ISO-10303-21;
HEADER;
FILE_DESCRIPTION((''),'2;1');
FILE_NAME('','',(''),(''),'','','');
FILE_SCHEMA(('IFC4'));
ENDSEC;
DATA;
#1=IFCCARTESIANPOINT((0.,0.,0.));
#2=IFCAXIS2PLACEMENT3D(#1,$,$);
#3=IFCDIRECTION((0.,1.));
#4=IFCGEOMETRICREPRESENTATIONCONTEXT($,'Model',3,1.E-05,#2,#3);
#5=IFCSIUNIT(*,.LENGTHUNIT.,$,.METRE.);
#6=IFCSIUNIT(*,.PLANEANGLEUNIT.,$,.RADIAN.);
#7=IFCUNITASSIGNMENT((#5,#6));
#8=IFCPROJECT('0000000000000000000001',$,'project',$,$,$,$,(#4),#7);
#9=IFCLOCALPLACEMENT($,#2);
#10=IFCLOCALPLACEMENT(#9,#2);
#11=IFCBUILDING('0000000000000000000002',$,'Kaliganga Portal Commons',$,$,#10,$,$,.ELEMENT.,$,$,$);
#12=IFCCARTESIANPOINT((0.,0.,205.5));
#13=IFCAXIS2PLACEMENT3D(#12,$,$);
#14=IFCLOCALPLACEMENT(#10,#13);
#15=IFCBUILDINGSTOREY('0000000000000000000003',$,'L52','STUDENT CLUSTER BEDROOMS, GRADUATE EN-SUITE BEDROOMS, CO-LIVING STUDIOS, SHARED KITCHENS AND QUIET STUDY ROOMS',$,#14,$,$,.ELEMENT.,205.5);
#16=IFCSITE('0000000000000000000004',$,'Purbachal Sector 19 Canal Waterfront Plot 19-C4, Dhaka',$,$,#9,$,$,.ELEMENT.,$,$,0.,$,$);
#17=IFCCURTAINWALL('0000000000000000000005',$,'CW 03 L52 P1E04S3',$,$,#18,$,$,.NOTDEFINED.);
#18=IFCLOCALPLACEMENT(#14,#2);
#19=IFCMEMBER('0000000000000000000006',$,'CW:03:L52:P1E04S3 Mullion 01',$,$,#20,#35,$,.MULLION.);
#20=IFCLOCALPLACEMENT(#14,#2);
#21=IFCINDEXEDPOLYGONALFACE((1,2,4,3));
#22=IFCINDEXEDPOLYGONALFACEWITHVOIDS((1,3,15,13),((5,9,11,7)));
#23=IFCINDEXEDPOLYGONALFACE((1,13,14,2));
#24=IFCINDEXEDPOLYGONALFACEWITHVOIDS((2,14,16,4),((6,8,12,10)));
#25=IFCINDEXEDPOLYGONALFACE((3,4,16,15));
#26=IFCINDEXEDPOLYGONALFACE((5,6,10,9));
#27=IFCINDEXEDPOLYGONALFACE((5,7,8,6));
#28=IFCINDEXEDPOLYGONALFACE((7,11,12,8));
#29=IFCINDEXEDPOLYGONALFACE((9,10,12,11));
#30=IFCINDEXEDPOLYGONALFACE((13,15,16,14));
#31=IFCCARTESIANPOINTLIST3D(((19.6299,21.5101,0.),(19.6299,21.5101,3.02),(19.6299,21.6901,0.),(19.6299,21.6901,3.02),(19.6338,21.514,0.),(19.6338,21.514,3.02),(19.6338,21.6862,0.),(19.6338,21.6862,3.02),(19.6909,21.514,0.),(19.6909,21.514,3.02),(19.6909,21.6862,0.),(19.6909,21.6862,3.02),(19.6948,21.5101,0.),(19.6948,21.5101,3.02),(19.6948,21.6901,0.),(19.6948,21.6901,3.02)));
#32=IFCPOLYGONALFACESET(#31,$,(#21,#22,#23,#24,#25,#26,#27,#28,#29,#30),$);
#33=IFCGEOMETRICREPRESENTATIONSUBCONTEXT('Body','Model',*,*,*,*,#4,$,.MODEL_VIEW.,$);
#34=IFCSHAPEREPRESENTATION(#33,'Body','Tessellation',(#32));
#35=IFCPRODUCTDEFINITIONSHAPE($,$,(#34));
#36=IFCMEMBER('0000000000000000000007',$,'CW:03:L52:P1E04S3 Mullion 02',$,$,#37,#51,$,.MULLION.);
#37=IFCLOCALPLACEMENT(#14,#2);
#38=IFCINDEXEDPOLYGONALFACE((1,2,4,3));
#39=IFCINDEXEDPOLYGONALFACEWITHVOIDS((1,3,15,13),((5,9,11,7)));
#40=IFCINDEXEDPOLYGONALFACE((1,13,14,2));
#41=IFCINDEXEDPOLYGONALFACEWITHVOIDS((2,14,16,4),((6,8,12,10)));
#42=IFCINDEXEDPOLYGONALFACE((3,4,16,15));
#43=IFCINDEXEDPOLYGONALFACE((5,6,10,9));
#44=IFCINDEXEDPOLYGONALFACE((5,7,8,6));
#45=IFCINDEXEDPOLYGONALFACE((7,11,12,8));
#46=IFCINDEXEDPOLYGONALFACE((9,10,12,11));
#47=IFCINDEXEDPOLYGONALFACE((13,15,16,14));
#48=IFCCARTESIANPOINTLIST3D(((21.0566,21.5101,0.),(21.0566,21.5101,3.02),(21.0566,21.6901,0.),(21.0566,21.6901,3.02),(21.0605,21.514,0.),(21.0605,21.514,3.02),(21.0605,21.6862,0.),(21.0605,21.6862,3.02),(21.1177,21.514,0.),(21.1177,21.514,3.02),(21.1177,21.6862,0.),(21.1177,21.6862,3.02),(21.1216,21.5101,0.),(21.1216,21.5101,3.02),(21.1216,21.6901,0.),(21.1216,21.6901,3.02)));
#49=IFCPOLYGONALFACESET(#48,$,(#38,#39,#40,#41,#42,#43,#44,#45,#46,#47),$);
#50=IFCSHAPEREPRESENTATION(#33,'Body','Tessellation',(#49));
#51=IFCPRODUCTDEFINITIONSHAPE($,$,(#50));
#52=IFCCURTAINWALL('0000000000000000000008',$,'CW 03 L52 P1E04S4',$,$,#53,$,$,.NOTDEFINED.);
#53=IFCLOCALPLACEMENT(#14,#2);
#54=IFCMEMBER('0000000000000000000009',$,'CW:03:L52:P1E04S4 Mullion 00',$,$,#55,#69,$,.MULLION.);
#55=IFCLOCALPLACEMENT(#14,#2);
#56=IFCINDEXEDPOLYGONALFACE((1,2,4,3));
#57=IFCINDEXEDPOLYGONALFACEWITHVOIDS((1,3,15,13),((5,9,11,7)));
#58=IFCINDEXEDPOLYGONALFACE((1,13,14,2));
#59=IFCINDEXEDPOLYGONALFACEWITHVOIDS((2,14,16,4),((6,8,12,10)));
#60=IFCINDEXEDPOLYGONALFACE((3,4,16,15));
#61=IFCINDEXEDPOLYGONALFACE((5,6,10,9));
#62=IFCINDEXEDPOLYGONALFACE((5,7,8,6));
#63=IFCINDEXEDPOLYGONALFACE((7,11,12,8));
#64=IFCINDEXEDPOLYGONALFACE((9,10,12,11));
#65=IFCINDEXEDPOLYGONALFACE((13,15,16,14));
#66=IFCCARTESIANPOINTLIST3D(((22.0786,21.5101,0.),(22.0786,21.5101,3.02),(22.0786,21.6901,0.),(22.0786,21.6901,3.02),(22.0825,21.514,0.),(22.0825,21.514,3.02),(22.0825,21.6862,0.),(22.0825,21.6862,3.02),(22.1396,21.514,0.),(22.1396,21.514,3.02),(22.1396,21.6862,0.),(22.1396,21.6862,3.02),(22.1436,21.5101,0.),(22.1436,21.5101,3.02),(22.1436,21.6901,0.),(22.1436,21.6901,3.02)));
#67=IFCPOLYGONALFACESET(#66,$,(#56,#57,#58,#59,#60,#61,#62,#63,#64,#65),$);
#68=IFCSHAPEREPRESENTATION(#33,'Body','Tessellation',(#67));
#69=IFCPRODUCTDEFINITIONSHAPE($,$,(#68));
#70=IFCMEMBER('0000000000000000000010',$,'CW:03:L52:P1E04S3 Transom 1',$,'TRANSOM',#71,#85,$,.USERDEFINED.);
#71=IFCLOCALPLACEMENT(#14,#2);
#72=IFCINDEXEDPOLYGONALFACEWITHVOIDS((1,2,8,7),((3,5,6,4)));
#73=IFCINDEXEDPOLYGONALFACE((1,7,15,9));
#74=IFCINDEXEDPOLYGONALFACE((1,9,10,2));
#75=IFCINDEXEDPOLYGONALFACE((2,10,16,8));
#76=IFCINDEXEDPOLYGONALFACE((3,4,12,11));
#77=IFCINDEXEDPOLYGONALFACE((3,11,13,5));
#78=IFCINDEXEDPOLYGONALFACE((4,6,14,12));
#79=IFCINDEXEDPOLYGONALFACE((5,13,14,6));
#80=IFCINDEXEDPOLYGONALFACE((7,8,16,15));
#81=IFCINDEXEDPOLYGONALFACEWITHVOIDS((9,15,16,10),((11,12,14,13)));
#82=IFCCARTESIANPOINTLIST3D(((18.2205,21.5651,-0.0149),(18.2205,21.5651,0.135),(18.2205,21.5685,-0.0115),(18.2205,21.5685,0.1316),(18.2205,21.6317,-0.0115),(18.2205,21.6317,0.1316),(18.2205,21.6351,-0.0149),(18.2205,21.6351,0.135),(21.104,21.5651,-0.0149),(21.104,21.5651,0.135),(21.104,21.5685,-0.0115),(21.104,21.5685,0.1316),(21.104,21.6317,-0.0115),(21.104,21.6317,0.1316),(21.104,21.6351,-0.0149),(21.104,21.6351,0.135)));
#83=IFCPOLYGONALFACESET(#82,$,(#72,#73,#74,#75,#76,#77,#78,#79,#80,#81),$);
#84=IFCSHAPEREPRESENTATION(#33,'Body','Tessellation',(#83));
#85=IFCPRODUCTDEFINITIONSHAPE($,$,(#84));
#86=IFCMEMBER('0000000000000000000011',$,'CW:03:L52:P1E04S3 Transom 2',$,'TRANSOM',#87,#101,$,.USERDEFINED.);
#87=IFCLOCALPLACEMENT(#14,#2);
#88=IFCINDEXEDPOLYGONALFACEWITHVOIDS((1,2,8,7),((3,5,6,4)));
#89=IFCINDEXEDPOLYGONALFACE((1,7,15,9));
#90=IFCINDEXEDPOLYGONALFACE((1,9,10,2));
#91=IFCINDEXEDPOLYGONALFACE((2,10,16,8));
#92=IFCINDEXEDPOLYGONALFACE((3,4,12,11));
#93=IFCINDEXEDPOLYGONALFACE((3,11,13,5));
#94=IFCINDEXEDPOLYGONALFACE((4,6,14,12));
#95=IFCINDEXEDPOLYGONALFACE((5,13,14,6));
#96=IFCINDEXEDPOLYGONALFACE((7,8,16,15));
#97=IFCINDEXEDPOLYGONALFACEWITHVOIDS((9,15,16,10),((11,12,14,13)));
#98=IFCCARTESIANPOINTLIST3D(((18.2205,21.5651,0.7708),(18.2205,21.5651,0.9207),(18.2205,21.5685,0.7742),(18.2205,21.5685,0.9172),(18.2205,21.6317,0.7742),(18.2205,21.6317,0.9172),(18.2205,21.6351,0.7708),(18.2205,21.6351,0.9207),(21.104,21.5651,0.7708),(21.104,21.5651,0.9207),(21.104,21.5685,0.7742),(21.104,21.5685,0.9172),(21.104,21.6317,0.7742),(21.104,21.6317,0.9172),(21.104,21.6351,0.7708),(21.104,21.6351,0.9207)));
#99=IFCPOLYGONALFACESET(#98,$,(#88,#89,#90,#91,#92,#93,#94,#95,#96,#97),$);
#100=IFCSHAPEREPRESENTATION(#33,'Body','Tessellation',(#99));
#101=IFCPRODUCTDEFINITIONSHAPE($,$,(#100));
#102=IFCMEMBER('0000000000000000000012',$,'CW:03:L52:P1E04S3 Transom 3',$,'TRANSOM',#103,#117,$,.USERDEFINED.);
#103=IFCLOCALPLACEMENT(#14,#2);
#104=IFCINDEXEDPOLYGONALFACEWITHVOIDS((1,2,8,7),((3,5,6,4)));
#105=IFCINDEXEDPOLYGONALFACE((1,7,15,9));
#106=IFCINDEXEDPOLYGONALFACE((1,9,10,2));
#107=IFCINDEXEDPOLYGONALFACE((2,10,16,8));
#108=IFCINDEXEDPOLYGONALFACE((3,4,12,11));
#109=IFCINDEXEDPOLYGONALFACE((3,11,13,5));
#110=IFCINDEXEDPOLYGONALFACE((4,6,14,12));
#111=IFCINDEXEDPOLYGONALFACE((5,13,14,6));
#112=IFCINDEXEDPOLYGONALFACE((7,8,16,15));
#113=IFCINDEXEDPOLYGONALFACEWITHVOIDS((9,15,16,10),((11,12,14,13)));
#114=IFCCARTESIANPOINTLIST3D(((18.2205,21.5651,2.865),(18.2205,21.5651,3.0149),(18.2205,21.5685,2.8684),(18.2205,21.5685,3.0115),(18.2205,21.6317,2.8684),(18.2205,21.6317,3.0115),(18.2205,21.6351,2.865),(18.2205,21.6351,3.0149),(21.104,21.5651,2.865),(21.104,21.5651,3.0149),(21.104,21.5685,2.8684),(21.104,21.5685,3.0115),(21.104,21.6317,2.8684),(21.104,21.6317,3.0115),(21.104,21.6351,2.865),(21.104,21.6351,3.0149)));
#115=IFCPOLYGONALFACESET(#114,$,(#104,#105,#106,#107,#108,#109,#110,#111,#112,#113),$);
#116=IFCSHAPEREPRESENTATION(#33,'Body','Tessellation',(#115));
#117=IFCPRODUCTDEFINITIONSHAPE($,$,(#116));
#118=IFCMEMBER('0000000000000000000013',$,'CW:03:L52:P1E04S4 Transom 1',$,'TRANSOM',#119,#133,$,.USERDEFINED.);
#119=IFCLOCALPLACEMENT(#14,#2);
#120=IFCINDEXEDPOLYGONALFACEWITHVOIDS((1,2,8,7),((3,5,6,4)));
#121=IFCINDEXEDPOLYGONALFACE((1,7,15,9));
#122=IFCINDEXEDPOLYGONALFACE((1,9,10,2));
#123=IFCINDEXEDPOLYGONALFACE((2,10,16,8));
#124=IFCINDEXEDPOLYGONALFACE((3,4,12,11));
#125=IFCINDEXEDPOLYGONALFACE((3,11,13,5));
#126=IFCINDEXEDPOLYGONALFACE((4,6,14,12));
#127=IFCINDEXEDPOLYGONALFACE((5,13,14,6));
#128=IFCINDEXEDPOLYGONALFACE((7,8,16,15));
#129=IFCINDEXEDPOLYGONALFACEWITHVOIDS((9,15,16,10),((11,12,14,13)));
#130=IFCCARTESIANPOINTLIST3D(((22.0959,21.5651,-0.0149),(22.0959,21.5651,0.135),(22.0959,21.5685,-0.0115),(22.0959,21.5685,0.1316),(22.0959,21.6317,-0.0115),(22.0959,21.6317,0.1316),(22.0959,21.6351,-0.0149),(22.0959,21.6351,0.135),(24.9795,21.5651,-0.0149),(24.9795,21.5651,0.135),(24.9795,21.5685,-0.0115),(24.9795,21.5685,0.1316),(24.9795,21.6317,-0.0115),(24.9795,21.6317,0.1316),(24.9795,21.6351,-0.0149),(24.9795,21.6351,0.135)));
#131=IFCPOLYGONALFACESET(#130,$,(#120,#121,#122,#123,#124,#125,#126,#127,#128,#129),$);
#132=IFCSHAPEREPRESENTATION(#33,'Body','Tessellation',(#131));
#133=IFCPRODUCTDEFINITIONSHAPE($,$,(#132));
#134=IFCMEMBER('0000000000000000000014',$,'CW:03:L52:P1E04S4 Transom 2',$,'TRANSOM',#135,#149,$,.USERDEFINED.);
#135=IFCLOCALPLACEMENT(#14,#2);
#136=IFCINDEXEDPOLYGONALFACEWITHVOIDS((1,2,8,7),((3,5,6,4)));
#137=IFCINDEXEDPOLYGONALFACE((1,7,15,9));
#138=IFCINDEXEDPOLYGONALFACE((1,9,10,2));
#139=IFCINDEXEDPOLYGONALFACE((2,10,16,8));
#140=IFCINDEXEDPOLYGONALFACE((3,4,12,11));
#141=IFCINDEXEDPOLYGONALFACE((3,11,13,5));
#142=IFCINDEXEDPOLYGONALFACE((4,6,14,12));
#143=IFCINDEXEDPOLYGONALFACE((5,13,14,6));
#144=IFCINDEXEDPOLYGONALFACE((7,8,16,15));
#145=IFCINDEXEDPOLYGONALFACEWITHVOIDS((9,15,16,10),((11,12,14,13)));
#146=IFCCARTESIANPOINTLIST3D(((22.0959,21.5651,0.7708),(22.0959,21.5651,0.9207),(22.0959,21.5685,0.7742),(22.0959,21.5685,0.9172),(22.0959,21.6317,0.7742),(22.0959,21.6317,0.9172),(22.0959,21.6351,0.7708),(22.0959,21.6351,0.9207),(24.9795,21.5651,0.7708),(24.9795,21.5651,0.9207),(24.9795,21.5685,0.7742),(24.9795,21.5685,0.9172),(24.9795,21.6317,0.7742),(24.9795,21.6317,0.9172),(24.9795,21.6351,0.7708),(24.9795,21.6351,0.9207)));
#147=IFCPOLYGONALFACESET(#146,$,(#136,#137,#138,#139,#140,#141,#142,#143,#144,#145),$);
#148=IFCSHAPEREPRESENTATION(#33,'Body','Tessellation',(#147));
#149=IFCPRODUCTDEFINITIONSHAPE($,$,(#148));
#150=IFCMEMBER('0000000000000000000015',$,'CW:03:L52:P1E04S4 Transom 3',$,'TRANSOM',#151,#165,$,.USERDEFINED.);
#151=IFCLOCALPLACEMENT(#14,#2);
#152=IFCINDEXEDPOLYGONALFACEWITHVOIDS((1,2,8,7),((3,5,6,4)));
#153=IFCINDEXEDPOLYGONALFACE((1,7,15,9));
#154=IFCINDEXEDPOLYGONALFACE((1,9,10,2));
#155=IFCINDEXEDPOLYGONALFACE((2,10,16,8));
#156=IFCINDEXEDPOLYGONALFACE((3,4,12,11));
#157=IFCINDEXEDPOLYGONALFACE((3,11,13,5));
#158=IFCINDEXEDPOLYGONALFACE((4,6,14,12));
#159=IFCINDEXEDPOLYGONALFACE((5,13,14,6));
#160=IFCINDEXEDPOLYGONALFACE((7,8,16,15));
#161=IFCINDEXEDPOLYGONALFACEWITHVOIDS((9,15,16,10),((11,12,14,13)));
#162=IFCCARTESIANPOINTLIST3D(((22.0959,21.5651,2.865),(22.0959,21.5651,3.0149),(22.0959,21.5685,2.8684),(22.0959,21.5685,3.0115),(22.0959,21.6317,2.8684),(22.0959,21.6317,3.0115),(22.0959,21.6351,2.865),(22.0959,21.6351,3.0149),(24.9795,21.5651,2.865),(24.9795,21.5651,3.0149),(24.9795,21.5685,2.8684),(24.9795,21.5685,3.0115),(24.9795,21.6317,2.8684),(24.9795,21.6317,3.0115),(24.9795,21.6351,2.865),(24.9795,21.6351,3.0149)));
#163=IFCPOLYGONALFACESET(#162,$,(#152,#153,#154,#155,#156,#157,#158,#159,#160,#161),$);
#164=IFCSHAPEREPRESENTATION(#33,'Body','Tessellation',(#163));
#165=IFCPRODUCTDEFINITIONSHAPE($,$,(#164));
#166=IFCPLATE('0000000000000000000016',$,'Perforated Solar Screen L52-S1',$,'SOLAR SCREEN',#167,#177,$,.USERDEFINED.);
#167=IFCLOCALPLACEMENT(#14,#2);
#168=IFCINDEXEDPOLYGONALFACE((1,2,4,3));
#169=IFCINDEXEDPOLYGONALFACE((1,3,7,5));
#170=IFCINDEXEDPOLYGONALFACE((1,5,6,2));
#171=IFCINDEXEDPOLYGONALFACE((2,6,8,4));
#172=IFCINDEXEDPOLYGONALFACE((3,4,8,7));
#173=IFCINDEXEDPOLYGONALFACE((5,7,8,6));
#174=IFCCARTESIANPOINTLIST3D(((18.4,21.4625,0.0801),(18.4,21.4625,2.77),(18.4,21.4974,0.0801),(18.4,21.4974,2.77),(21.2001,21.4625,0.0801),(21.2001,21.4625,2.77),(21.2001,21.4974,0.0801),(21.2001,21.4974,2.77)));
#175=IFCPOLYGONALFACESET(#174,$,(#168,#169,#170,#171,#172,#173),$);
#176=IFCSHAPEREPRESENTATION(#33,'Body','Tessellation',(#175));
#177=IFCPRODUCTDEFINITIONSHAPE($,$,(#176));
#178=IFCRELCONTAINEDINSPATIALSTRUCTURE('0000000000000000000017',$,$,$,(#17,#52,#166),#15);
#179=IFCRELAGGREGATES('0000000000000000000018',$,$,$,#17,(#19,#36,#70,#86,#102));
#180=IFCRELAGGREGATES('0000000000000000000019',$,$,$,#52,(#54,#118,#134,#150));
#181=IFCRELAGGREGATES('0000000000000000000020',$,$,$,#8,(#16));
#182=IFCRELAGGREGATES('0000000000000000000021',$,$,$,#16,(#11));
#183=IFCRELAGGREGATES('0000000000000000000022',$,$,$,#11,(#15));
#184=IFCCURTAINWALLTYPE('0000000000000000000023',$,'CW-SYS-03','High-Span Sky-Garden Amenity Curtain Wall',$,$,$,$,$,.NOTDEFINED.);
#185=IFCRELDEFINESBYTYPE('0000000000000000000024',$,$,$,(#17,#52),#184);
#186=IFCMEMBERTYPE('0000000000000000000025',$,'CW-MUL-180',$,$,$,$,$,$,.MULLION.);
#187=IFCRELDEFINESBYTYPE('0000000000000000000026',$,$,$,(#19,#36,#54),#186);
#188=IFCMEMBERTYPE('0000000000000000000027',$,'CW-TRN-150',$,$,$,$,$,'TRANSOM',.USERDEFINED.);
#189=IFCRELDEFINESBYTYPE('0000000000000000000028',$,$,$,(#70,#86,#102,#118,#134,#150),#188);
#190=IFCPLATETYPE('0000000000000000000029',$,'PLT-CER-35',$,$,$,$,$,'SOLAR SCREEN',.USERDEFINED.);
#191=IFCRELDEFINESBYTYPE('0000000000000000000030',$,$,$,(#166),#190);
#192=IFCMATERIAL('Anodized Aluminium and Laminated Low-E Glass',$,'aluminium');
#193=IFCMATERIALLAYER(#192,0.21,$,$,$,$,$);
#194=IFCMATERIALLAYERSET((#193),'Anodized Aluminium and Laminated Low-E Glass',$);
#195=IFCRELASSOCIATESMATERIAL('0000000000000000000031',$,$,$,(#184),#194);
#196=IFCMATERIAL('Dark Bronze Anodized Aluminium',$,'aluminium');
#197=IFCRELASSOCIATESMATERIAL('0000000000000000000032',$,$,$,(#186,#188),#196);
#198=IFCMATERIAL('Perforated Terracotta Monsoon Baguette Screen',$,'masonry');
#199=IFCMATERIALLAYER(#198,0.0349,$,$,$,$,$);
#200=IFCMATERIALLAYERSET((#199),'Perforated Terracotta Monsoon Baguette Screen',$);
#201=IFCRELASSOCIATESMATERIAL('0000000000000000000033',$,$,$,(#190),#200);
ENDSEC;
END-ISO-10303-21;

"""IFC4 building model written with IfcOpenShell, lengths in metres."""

from ifc_helpers import new_model, si_unit, direction, frame, origin, origin_2d, place, context, subcontext, project, spatial, rectangle, hollow_rectangle, extrude, source, transform, mapped, material, layer, layer_set, material_profile, profile_set, type_object, element, aggregate, save


model = new_model("IFC4")

# Units and contexts
model_context = context("Model", 3, precision=1e-05, world=origin(), true_north=direction((0.0, 1.0)))
body_context = subcontext(model_context, "Body", "Model", "MODEL_VIEW")
ifc_project = project(units=[si_unit("LENGTHUNIT", "METRE"), si_unit("PLANEANGLEUNIT", "RADIAN")], contexts=[model_context])

# Site, building, storey
site_placement = place(None, origin())
site = spatial("IfcSite", under=ifc_project, at=site_placement, Name="Purbachal Sector 19 Canal Waterfront Plot 19-C4, Dhaka", CompositionType="ELEMENT", RefElevation=0.0)
building_placement = place(site_placement, origin())
building = spatial("IfcBuilding", under=site, at=building_placement, Name="Kaliganga Portal Commons", CompositionType="ELEMENT")
storey_placement = place(building_placement, frame((0.0, 0.0, 205.5)))
storey = spatial("IfcBuildingStorey", under=building, at=storey_placement, Name="L52", Description="STUDENT CLUSTER BEDROOMS, GRADUATE EN-SUITE BEDROOMS, CO-LIVING STUDIOS, SHARED KITCHENS AND QUIET STUDY ROOMS", CompositionType="ELEMENT", Elevation=205.5)

# Curtain wall, members
ifc_material_1 = material(Name="Anodized Aluminium and Laminated Low-E Glass", Category="aluminium")
ifc_layer_1 = layer(ifc_material_1, 0.21)
ifc_layer_set_1 = layer_set([ifc_layer_1], Name="Anodized Aluminium and Laminated Low-E Glass")
curtain_wall_type = type_object("IfcCurtainWallType", Name="CW-SYS-03", Description="High-Span Sky-Garden Amenity Curtain Wall", PredefinedType="NOTDEFINED", material=ifc_layer_set_1)
curtain_wall_1_placement = place(storey_placement, origin())
curtain_wall_1 = element("IfcCurtainWall", 1, at=curtain_wall_1_placement, inside=storey, type_object=curtain_wall_type, Name="CW 03 L52 P1E04S3", PredefinedType="NOTDEFINED")
ifc_material_2 = material(Name="Dark Bronze Anodized Aluminium", Category="aluminium")
ifc_material_profile_1 = material_profile(ifc_material_2, hollow_rectangle(XDim=0.0649, YDim=0.1799, WallThickness=0.0039, at=origin_2d()), Name="ALU MULL 65x180x4")
ifc_profile_set_1 = profile_set([ifc_material_profile_1], Name="Dark Bronze Anodized Aluminium")
member_type_1 = type_object("IfcMemberType", Name="CW-MUL-180", PredefinedType="MULLION", material=ifc_profile_set_1)
shared_shape_1 = source(origin(), body_context, "Body", "SweptSolid", [
    extrude(hollow_rectangle(XDim=0.0649, YDim=0.1799, WallThickness=0.0039, at=origin_2d()), origin(), (0.0, 0.0, 1.0), 3.02),
])
member_1_placement = place(storey_placement, frame((19.6624, 21.6001, 0.0), z_axis=(0.0, 0.0, 1.0), x_axis=(1.0, 0.0, 0.0)))
member_1 = element("IfcMember", 2, at=member_1_placement, type_object=member_type_1, Name="CW:03:L52:P1E04S3 Mullion 01", PredefinedType="MULLION", context=body_context, shape_type="MappedRepresentation", body=[
    mapped(shared_shape_1, transform((0.0, 0.0, 0.0), x_axis=(1.0, 0.0, 0.0), y_axis=(0.0, 1.0, 0.0), z_axis=(0.0, 0.0, 1.0), scale=1.0)),
])
member_2_placement = place(storey_placement, frame((21.0891, 21.6001, 0.0), z_axis=(0.0, 0.0, 1.0), x_axis=(1.0, 0.0, 0.0)))
member_2 = element("IfcMember", 3, at=member_2_placement, type_object=member_type_1, Name="CW:03:L52:P1E04S3 Mullion 02", PredefinedType="MULLION", context=body_context, shape_type="MappedRepresentation", body=[
    mapped(shared_shape_1, transform((0.0, 0.0, 0.0), x_axis=(1.0, 0.0, 0.0), y_axis=(0.0, 1.0, 0.0), z_axis=(0.0, 0.0, 1.0), scale=1.0)),
])

# Curtain wall, member
curtain_wall_2_placement = place(storey_placement, origin())
curtain_wall_2 = element("IfcCurtainWall", 4, at=curtain_wall_2_placement, inside=storey, type_object=curtain_wall_type, Name="CW 03 L52 P1E04S4", PredefinedType="NOTDEFINED")
member_3_placement = place(storey_placement, frame((22.1111, 21.6001, 0.0), z_axis=(0.0, 0.0, 1.0), x_axis=(1.0, 0.0, 0.0)))
member_3 = element("IfcMember", 5, at=member_3_placement, type_object=member_type_1, Name="CW:03:L52:P1E04S4 Mullion 00", PredefinedType="MULLION", context=body_context, shape_type="MappedRepresentation", body=[
    mapped(shared_shape_1, transform((0.0, 0.0, 0.0), x_axis=(1.0, 0.0, 0.0), y_axis=(0.0, 1.0, 0.0), z_axis=(0.0, 0.0, 1.0), scale=1.0)),
])

# Members
ifc_material_profile_2 = material_profile(ifc_material_2, hollow_rectangle(XDim=0.0701, YDim=0.1499, WallThickness=0.0034, at=origin_2d()), Name="ALU TRAN 70x150x3.5")
ifc_profile_set_2 = profile_set([ifc_material_profile_2], Name="Dark Bronze Anodized Aluminium")
member_type_2 = type_object("IfcMemberType", Name="CW-TRN-150", ElementType="TRANSOM", PredefinedType="USERDEFINED", material=ifc_profile_set_2)
shared_shape_2 = source(origin(), body_context, "Body", "SweptSolid", [
    extrude(hollow_rectangle(XDim=0.0701, YDim=0.1499, WallThickness=0.0034, at=origin_2d()), origin(), (0.0, 0.0, 1.0), 2.8835),
])
member_4_placement = place(storey_placement, frame((18.2205, 21.6001, 0.0601), z_axis=(1.0, 0.0, 0.0), x_axis=(0.0, 1.0, 0.0)))
member_4 = element("IfcMember", 6, at=member_4_placement, type_object=member_type_2, Name="CW:03:L52:P1E04S3 Transom 1", ObjectType="TRANSOM", PredefinedType="USERDEFINED", context=body_context, shape_type="MappedRepresentation", body=[
    mapped(shared_shape_2, transform((0.0, 0.0, 0.0), x_axis=(1.0, 0.0, 0.0), y_axis=(0.0, 1.0, 0.0), z_axis=(0.0, 0.0, 1.0), scale=1.0)),
])
member_5_placement = place(storey_placement, frame((18.2205, 21.6001, 0.8457), z_axis=(1.0, 0.0, 0.0), x_axis=(0.0, 1.0, 0.0)))
member_5 = element("IfcMember", 7, at=member_5_placement, type_object=member_type_2, Name="CW:03:L52:P1E04S3 Transom 2", ObjectType="TRANSOM", PredefinedType="USERDEFINED", context=body_context, shape_type="MappedRepresentation", body=[
    mapped(shared_shape_2, transform((0.0, 0.0, 0.0), x_axis=(1.0, 0.0, 0.0), y_axis=(0.0, 1.0, 0.0), z_axis=(0.0, 0.0, 1.0), scale=1.0)),
])
member_6_placement = place(storey_placement, frame((18.2205, 21.6001, 2.9399), z_axis=(1.0, 0.0, 0.0), x_axis=(0.0, 1.0, 0.0)))
member_6 = element("IfcMember", 8, at=member_6_placement, type_object=member_type_2, Name="CW:03:L52:P1E04S3 Transom 3", ObjectType="TRANSOM", PredefinedType="USERDEFINED", context=body_context, shape_type="MappedRepresentation", body=[
    mapped(shared_shape_2, transform((0.0, 0.0, 0.0), x_axis=(1.0, 0.0, 0.0), y_axis=(0.0, 1.0, 0.0), z_axis=(0.0, 0.0, 1.0), scale=1.0)),
])
member_7_placement = place(storey_placement, frame((22.0959, 21.6001, 0.0601), z_axis=(1.0, 0.0, 0.0), x_axis=(0.0, 1.0, 0.0)))
member_7 = element("IfcMember", 9, at=member_7_placement, type_object=member_type_2, Name="CW:03:L52:P1E04S4 Transom 1", ObjectType="TRANSOM", PredefinedType="USERDEFINED", context=body_context, shape_type="MappedRepresentation", body=[
    mapped(shared_shape_2, transform((0.0, 0.0, 0.0), x_axis=(1.0, 0.0, 0.0), y_axis=(0.0, 1.0, 0.0), z_axis=(0.0, 0.0, 1.0), scale=1.0)),
])
member_8_placement = place(storey_placement, frame((22.0959, 21.6001, 0.8457), z_axis=(1.0, 0.0, 0.0), x_axis=(0.0, 1.0, 0.0)))
member_8 = element("IfcMember", 10, at=member_8_placement, type_object=member_type_2, Name="CW:03:L52:P1E04S4 Transom 2", ObjectType="TRANSOM", PredefinedType="USERDEFINED", context=body_context, shape_type="MappedRepresentation", body=[
    mapped(shared_shape_2, transform((0.0, 0.0, 0.0), x_axis=(1.0, 0.0, 0.0), y_axis=(0.0, 1.0, 0.0), z_axis=(0.0, 0.0, 1.0), scale=1.0)),
])
member_9_placement = place(storey_placement, frame((22.0959, 21.6001, 2.9399), z_axis=(1.0, 0.0, 0.0), x_axis=(0.0, 1.0, 0.0)))
member_9 = element("IfcMember", 11, at=member_9_placement, type_object=member_type_2, Name="CW:03:L52:P1E04S4 Transom 3", ObjectType="TRANSOM", PredefinedType="USERDEFINED", context=body_context, shape_type="MappedRepresentation", body=[
    mapped(shared_shape_2, transform((0.0, 0.0, 0.0), x_axis=(1.0, 0.0, 0.0), y_axis=(0.0, 1.0, 0.0), z_axis=(0.0, 0.0, 1.0), scale=1.0)),
])

# Plate
ifc_material_3 = material(Name="Perforated Terracotta Monsoon Baguette Screen", Category="masonry")
ifc_layer_2 = layer(ifc_material_3, 0.0349)
ifc_layer_set_2 = layer_set([ifc_layer_2], Name="Perforated Terracotta Monsoon Baguette Screen")
plate_type_1 = type_object("IfcPlateType", Name="PLT-CER-35", ElementType="SOLAR SCREEN", PredefinedType="USERDEFINED", material=ifc_layer_set_2)
shared_shape_3 = source(origin(), body_context, "Body", "SweptSolid", [
    extrude(rectangle(XDim=2.8, YDim=0.0349, at=origin_2d()), origin(), (0.0, 0.0, 1.0), 2.6899),
])
plate_1_placement = place(storey_placement, frame((19.8, 21.48, 0.0801), z_axis=(0.0, 0.0, 1.0), x_axis=(1.0, 0.0, 0.0)))
element("IfcPlate", 12, at=plate_1_placement, inside=storey, type_object=plate_type_1, Name="Perforated Solar Screen L52-S1", ObjectType="SOLAR SCREEN", PredefinedType="USERDEFINED", context=body_context, shape_type="MappedRepresentation", body=[
    mapped(shared_shape_3, transform((0.0, 0.0, 0.0), x_axis=(1.0, 0.0, 0.0), y_axis=(0.0, 1.0, 0.0), z_axis=(0.0, 0.0, 1.0), scale=1.0)),
])
aggregate(curtain_wall_1, [member_1, member_2, member_4, member_5, member_6])
aggregate(curtain_wall_2, [member_3, member_7, member_8, member_9])

save(model, "model.ifc")
